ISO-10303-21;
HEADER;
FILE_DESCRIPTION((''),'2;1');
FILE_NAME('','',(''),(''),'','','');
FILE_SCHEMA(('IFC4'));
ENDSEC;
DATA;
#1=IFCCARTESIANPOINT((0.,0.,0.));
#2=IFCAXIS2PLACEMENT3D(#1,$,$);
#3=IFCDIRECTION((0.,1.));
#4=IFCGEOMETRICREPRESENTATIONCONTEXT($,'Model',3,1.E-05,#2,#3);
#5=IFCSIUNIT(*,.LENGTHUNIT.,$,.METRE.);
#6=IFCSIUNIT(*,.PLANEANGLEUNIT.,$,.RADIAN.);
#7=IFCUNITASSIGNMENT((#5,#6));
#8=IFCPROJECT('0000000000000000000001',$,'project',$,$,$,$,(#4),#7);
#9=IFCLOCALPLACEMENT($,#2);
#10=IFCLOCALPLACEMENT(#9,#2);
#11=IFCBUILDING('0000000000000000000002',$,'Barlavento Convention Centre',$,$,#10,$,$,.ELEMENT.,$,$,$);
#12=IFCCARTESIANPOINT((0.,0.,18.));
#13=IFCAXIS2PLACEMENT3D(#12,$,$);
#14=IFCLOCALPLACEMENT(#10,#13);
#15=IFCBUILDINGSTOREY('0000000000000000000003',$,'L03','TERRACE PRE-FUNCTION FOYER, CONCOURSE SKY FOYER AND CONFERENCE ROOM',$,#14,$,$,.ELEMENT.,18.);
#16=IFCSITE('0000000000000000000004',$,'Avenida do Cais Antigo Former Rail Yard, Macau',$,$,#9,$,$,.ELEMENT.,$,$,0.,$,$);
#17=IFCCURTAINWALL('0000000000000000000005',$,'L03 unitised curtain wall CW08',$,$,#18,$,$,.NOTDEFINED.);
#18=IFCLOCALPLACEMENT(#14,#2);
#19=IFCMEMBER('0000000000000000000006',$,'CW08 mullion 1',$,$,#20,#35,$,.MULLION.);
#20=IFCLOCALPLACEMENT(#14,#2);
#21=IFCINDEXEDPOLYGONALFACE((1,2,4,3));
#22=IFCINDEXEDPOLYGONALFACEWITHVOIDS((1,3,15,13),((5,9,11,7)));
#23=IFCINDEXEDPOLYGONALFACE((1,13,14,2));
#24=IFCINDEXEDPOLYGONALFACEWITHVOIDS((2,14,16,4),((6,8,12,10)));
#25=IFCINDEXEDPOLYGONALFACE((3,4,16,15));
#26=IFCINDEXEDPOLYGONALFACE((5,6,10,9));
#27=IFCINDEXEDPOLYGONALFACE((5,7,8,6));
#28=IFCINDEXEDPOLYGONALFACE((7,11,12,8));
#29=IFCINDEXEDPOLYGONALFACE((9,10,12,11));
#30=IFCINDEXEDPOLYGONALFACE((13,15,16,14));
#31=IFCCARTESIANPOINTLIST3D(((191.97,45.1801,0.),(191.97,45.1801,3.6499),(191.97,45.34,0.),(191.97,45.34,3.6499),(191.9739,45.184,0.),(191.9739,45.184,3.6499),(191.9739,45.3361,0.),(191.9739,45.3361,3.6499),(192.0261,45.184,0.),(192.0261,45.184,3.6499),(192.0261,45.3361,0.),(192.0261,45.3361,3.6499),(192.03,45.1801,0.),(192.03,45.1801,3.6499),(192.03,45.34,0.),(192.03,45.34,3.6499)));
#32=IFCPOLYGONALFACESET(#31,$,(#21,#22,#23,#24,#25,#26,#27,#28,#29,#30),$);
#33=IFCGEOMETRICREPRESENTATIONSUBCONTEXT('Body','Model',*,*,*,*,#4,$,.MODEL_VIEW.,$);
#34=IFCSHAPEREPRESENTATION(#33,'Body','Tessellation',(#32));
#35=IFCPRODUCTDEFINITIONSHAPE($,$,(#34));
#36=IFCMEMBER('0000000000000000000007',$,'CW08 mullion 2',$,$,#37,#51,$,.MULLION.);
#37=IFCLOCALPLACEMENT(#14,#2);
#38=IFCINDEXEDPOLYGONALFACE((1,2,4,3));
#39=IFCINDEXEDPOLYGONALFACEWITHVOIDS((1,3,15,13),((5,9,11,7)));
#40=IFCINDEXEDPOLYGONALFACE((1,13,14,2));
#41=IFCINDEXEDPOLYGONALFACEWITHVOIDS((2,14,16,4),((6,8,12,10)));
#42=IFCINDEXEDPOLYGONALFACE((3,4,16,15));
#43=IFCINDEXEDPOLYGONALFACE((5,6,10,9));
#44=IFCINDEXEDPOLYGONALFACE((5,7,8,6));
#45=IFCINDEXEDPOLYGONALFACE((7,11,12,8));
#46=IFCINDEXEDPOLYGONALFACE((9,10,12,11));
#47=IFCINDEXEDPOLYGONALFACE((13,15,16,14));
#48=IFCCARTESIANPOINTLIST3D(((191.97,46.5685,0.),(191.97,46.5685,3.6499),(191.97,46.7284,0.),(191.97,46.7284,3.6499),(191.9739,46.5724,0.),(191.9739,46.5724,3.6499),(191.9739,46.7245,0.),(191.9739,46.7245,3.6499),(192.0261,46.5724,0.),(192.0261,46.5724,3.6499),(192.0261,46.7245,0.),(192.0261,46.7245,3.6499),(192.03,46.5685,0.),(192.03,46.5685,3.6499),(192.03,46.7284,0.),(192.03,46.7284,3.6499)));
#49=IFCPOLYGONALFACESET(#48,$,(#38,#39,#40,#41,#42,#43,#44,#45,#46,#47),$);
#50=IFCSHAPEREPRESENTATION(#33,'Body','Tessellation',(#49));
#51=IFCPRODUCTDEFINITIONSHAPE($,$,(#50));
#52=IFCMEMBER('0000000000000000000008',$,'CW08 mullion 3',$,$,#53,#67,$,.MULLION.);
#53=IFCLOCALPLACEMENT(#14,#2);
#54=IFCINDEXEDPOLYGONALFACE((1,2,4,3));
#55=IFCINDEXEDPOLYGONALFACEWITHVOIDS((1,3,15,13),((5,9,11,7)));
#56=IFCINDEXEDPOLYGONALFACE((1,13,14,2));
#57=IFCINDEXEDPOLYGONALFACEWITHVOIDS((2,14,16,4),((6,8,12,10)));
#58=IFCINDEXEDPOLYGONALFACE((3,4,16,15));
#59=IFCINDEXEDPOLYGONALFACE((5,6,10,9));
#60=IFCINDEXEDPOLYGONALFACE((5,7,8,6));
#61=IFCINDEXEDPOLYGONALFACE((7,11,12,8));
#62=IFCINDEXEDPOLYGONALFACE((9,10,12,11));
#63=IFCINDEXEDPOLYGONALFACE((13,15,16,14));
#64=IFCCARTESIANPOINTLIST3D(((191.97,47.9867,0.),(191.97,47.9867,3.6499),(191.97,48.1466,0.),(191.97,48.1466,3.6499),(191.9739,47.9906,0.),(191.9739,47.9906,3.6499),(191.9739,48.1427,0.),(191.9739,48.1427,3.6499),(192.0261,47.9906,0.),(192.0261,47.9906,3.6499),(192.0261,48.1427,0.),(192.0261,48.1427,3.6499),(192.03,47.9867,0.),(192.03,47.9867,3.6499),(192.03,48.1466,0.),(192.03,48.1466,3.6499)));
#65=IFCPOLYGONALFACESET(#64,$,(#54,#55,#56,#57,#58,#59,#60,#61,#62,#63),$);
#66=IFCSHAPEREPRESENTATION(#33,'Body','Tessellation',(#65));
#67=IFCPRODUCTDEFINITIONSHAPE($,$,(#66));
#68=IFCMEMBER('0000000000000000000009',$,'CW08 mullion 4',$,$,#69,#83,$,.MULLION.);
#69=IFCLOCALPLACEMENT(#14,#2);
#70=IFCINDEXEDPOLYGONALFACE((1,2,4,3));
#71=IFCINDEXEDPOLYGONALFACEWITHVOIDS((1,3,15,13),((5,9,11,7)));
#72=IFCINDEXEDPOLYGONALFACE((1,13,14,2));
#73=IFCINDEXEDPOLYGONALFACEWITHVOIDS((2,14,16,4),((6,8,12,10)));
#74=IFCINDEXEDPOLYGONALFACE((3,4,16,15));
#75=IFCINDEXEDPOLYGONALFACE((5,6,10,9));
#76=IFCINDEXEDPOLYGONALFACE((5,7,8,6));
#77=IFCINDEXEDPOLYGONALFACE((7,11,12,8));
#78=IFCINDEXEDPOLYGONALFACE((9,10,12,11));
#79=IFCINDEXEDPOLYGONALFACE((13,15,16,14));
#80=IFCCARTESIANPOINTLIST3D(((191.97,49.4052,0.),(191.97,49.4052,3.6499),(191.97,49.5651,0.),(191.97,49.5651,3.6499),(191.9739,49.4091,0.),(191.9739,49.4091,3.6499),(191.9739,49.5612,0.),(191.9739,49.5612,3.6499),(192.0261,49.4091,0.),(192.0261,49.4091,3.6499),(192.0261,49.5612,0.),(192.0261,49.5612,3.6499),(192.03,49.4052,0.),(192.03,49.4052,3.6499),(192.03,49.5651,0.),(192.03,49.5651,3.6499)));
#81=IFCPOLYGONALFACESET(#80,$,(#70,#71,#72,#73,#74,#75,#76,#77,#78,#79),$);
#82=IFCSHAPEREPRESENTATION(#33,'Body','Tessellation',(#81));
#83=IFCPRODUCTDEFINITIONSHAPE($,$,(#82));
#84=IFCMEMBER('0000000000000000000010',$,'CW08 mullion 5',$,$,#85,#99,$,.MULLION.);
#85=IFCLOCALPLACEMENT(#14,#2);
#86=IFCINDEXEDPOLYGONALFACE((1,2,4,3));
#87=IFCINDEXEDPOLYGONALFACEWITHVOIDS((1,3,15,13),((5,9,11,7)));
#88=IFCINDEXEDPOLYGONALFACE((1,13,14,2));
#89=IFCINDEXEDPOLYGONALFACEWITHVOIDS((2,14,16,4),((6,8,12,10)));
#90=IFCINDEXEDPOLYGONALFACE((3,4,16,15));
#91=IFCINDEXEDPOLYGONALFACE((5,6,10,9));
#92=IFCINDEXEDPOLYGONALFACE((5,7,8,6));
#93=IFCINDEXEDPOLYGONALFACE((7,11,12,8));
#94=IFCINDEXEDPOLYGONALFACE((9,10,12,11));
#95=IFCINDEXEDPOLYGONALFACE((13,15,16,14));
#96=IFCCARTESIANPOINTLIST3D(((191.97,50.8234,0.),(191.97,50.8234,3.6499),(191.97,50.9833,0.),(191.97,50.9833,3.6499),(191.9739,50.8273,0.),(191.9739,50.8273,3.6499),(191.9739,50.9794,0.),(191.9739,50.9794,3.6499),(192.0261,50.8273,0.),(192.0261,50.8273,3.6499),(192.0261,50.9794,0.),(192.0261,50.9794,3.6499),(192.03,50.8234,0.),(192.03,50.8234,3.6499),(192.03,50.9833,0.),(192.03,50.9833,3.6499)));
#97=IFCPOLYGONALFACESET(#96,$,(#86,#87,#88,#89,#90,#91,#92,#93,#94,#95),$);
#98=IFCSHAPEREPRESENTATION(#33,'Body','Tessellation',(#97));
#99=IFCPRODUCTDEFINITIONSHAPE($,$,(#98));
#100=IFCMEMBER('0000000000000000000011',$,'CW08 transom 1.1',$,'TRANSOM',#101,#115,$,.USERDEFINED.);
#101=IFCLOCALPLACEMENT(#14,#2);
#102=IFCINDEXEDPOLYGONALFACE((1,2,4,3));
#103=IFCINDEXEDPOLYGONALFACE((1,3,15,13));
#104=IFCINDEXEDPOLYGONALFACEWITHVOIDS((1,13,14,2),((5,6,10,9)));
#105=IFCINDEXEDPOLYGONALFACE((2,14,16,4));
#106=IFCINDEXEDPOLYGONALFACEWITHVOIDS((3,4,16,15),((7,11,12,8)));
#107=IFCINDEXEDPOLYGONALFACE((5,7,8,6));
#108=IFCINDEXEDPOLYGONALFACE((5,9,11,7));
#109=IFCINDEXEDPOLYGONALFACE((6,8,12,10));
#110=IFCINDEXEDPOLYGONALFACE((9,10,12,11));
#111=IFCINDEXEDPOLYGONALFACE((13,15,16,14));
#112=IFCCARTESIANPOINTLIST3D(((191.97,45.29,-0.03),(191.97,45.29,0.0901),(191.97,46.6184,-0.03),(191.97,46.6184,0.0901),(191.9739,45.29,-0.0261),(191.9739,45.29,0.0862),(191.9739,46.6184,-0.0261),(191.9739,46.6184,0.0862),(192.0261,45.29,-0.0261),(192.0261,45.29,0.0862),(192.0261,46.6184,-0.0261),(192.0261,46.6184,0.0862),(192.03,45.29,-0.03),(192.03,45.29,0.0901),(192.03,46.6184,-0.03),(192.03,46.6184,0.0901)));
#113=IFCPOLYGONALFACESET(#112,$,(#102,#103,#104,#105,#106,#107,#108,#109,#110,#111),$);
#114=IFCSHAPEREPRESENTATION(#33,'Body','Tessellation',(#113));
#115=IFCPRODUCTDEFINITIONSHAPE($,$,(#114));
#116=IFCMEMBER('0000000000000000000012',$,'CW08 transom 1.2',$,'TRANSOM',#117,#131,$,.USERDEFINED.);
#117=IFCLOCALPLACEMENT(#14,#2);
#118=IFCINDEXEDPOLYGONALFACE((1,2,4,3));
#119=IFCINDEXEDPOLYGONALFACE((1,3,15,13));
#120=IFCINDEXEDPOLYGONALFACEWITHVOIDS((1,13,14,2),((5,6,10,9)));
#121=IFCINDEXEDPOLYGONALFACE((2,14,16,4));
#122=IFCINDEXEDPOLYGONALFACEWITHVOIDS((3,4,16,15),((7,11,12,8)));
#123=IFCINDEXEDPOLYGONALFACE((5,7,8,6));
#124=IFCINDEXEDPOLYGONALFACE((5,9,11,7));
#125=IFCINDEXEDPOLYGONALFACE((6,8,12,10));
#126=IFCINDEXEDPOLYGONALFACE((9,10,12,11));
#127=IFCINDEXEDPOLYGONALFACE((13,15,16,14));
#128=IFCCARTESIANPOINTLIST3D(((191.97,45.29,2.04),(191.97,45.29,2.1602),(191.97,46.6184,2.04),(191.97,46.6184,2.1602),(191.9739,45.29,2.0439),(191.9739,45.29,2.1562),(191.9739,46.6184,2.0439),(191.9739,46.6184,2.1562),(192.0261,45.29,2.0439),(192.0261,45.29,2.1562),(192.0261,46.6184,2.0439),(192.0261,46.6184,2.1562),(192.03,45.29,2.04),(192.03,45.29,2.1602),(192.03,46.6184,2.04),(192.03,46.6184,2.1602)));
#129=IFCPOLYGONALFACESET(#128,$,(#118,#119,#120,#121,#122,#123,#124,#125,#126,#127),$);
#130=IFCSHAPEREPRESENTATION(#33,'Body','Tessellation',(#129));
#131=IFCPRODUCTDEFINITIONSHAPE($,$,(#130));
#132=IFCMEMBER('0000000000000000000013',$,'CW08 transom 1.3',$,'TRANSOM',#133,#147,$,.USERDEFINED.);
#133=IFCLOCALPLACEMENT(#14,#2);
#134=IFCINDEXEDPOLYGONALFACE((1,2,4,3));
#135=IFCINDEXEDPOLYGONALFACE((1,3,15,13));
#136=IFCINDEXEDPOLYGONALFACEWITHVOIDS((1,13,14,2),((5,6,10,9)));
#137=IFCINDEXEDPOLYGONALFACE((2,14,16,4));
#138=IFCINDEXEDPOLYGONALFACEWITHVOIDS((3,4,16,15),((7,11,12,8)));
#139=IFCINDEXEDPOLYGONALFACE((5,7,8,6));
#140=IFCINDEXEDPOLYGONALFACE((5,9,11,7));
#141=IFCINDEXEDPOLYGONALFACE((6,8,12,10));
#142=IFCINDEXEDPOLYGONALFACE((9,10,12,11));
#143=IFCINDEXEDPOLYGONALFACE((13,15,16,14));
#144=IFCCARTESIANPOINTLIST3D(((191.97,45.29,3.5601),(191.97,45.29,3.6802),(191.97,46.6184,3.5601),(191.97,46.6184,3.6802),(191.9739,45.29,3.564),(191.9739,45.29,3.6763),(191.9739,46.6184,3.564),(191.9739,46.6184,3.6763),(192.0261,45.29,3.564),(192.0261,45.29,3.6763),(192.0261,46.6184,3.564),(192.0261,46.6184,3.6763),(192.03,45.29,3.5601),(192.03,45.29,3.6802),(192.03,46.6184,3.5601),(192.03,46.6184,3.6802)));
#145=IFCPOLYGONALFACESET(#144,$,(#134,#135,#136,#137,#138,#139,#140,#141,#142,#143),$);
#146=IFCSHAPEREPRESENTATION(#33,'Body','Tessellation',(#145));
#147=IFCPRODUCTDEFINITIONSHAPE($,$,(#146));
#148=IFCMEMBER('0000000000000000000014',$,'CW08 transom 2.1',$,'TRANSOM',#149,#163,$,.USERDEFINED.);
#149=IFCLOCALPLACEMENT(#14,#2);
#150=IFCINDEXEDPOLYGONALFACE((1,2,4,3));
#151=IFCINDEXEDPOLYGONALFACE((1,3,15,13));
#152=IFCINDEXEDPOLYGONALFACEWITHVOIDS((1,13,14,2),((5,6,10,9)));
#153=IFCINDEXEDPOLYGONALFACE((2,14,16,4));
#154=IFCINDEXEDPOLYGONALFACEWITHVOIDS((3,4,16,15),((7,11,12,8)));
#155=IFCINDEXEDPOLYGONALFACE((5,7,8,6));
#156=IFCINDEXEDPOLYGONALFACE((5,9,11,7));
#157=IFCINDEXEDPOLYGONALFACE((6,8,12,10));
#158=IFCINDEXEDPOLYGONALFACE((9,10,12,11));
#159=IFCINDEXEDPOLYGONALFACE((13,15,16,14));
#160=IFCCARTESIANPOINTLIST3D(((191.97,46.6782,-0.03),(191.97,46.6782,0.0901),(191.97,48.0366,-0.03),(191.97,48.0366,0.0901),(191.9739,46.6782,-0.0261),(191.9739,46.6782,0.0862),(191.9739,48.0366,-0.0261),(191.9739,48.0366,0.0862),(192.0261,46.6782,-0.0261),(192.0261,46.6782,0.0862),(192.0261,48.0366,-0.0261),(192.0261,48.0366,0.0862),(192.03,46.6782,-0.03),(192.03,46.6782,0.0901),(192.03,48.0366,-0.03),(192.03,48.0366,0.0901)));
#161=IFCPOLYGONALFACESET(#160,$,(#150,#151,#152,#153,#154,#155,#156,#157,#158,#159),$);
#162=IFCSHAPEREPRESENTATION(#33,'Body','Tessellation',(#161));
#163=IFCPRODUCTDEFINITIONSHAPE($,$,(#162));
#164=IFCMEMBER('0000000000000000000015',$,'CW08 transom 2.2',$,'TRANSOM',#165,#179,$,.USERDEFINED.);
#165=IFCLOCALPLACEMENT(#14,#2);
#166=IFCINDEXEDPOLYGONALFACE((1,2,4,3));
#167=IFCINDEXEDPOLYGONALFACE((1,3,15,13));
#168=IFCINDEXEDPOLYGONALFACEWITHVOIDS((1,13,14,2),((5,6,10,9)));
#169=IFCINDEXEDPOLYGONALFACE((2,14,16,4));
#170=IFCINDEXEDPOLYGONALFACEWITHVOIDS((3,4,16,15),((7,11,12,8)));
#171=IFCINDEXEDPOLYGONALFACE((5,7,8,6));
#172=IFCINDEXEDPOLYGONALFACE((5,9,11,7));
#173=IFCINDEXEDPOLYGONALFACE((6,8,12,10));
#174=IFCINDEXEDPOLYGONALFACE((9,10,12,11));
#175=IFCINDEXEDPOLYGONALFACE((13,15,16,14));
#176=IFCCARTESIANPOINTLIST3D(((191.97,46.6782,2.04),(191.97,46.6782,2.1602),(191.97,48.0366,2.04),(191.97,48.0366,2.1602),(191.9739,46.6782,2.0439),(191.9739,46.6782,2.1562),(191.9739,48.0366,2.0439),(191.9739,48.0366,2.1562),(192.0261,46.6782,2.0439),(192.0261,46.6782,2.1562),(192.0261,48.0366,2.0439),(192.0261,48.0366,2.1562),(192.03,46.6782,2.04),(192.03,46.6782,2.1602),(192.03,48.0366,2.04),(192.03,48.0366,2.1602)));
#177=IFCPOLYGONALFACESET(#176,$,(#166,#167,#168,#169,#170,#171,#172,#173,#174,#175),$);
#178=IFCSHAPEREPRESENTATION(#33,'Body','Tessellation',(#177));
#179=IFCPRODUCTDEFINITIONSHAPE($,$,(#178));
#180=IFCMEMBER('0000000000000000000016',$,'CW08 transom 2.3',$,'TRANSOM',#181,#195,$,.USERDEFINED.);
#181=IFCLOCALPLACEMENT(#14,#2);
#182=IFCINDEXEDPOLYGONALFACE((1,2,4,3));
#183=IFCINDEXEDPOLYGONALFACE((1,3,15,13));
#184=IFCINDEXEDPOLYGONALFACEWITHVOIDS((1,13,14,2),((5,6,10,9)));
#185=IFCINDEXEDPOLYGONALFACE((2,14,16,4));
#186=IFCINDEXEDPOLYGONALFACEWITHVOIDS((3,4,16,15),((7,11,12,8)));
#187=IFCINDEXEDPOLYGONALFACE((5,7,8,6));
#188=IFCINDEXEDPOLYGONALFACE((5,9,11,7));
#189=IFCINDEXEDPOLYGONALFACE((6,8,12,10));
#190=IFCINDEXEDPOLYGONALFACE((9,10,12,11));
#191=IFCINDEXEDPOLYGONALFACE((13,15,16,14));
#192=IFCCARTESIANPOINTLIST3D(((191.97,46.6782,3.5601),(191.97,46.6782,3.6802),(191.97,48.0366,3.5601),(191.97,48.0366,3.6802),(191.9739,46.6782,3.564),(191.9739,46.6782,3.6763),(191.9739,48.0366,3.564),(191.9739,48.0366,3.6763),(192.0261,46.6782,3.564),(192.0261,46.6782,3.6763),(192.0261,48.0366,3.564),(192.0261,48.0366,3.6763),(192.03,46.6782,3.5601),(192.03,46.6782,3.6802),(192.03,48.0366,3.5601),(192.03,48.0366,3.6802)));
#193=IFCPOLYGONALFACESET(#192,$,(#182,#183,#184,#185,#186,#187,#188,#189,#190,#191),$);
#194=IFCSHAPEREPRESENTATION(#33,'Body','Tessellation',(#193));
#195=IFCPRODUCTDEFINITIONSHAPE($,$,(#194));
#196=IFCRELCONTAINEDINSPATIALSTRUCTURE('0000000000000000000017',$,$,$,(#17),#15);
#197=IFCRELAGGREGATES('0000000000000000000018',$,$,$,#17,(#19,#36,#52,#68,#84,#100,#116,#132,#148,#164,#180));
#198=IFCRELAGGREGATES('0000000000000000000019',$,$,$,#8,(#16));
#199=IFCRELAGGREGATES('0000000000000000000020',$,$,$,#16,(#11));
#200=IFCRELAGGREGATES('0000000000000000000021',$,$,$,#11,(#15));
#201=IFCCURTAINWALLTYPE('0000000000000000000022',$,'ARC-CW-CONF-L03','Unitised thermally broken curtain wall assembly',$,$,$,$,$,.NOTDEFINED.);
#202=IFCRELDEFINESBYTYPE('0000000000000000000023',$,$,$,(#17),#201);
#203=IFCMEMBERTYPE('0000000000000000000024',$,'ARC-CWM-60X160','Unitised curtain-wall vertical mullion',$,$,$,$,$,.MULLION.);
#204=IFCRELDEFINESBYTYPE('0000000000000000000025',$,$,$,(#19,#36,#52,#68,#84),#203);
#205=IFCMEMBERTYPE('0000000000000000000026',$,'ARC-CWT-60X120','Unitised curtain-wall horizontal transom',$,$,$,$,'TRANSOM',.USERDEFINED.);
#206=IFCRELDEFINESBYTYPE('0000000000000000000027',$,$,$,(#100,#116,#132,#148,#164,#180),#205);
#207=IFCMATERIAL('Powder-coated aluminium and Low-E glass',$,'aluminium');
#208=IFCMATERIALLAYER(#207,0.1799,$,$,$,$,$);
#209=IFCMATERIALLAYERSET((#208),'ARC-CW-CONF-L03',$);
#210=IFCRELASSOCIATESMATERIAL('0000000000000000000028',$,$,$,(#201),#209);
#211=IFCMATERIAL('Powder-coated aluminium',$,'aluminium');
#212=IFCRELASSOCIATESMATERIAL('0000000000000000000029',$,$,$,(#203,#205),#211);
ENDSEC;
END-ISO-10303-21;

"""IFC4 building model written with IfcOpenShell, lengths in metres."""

from ifc_helpers import new_model, si_unit, direction, frame, origin, origin_2d, place, context, subcontext, project, spatial, hollow_rectangle, extrude, material, layer, layer_set, material_profile, profile_set, type_object, element, aggregate, save


model = new_model("IFC4")

# Units and contexts
model_context = context("Model", 3, precision=1e-05, world=origin(), true_north=direction((0.0, 1.0)))
body_context = subcontext(model_context, "Body", "Model", "MODEL_VIEW")
ifc_project = project(units=[si_unit("LENGTHUNIT", "METRE"), si_unit("PLANEANGLEUNIT", "RADIAN")], contexts=[model_context])

# Site, building, storey
site_placement = place(None, origin())
site = spatial("IfcSite", under=ifc_project, at=site_placement, Name="Avenida do Cais Antigo Former Rail Yard, Macau", CompositionType="ELEMENT", RefElevation=0.0)
building_placement = place(site_placement, origin())
building = spatial("IfcBuilding", under=site, at=building_placement, Name="Barlavento Convention Centre", CompositionType="ELEMENT")
storey_placement = place(building_placement, frame((0.0, 0.0, 18.0)))
storey = spatial("IfcBuildingStorey", under=building, at=storey_placement, Name="L03", Description="TERRACE PRE-FUNCTION FOYER, CONCOURSE SKY FOYER AND CONFERENCE ROOM", CompositionType="ELEMENT", Elevation=18.0)

# Curtain wall, members
ifc_material_1 = material(Name="Powder-coated aluminium and Low-E glass", Category="aluminium")
ifc_layer_1 = layer(ifc_material_1, 0.1799)
ifc_layer_set_1 = layer_set([ifc_layer_1], Name="ARC-CW-CONF-L03")
curtain_wall_type = type_object("IfcCurtainWallType", Name="ARC-CW-CONF-L03", Description="Unitised thermally broken curtain wall assembly", PredefinedType="NOTDEFINED", material=ifc_layer_set_1)
curtain_wall_placement = place(storey_placement, origin())
curtain_wall = element("IfcCurtainWall", 1, at=curtain_wall_placement, inside=storey, type_object=curtain_wall_type, Name="L03 unitised curtain wall CW08", PredefinedType="NOTDEFINED")
ifc_material_2 = material(Name="Powder-coated aluminium", Category="aluminium")
ifc_material_profile_1 = material_profile(ifc_material_2, hollow_rectangle(XDim=0.0601, YDim=0.1599, WallThickness=0.0039, at=origin_2d()), Name="AL-MULL 60x160x4")
ifc_profile_set_1 = profile_set([ifc_material_profile_1], Name="Powder-coated aluminium")
member_type_1 = type_object("IfcMemberType", Name="ARC-CWM-60X160", Description="Unitised curtain-wall vertical mullion", PredefinedType="MULLION", material=ifc_profile_set_1)
member_1_placement = place(storey_placement, frame((192.0, 45.26, 0.0), z_axis=(0.0, 0.0, 1.0), x_axis=(-1.0, 0.0, 0.0)))
member_1 = element("IfcMember", 2, at=member_1_placement, type_object=member_type_1, Name="CW08 mullion 1", PredefinedType="MULLION", context=body_context, shape_type="SweptSolid", body=[
    extrude(hollow_rectangle(XDim=0.0601, YDim=0.1599, WallThickness=0.0039, at=origin_2d()), origin(), (0.0, 0.0, 1.0), 3.6499),
])
member_2_placement = place(storey_placement, frame((192.0, 46.6484, 0.0), z_axis=(0.0, 0.0, 1.0), x_axis=(-1.0, 0.0, 0.0)))
member_2 = element("IfcMember", 3, at=member_2_placement, type_object=member_type_1, Name="CW08 mullion 2", PredefinedType="MULLION", context=body_context, shape_type="SweptSolid", body=[
    extrude(hollow_rectangle(XDim=0.0601, YDim=0.1599, WallThickness=0.0039, at=origin_2d()), origin(), (0.0, 0.0, 1.0), 3.6499),
])
member_3_placement = place(storey_placement, frame((192.0, 48.0667, 0.0), z_axis=(0.0, 0.0, 1.0), x_axis=(-1.0, 0.0, 0.0)))
member_3 = element("IfcMember", 4, at=member_3_placement, type_object=member_type_1, Name="CW08 mullion 3", PredefinedType="MULLION", context=body_context, shape_type="SweptSolid", body=[
    extrude(hollow_rectangle(XDim=0.0601, YDim=0.1599, WallThickness=0.0039, at=origin_2d()), origin(), (0.0, 0.0, 1.0), 3.6499),
])
member_4_placement = place(storey_placement, frame((192.0, 49.4851, 0.0), z_axis=(0.0, 0.0, 1.0), x_axis=(-1.0, 0.0, 0.0)))
member_4 = element("IfcMember", 5, at=member_4_placement, type_object=member_type_1, Name="CW08 mullion 4", PredefinedType="MULLION", context=body_context, shape_type="SweptSolid", body=[
    extrude(hollow_rectangle(XDim=0.0601, YDim=0.1599, WallThickness=0.0039, at=origin_2d()), origin(), (0.0, 0.0, 1.0), 3.6499),
])
member_5_placement = place(storey_placement, frame((192.0, 50.9033, 0.0), z_axis=(0.0, 0.0, 1.0), x_axis=(-1.0, 0.0, 0.0)))
member_5 = element("IfcMember", 6, at=member_5_placement, type_object=member_type_1, Name="CW08 mullion 5", PredefinedType="MULLION", context=body_context, shape_type="SweptSolid", body=[
    extrude(hollow_rectangle(XDim=0.0601, YDim=0.1599, WallThickness=0.0039, at=origin_2d()), origin(), (0.0, 0.0, 1.0), 3.6499),
])
ifc_material_profile_2 = material_profile(ifc_material_2, hollow_rectangle(XDim=0.0601, YDim=0.1201, WallThickness=0.0039, at=origin_2d()), Name="AL-TRAN 60x120x4")
ifc_profile_set_2 = profile_set([ifc_material_profile_2], Name="Powder-coated aluminium")
member_type_2 = type_object("IfcMemberType", Name="ARC-CWT-60X120", Description="Unitised curtain-wall horizontal transom", ElementType="TRANSOM", PredefinedType="USERDEFINED", material=ifc_profile_set_2)
member_6_placement = place(storey_placement, frame((192.0, 45.29, 0.03), z_axis=(0.0, 1.0, 0.0), x_axis=(-1.0, 0.0, 0.0)))
member_6 = element("IfcMember", 7, at=member_6_placement, type_object=member_type_2, Name="CW08 transom 1.1", ObjectType="TRANSOM", PredefinedType="USERDEFINED", context=body_context, shape_type="SweptSolid", body=[
    extrude(hollow_rectangle(XDim=0.0601, YDim=0.1201, WallThickness=0.0039, at=origin_2d()), origin(), (0.0, 0.0, 1.0), 1.3284),
])
member_7_placement = place(storey_placement, frame((192.0, 45.29, 2.1001), z_axis=(0.0, 1.0, 0.0), x_axis=(-1.0, 0.0, 0.0)))
member_7 = element("IfcMember", 8, at=member_7_placement, type_object=member_type_2, Name="CW08 transom 1.2", ObjectType="TRANSOM", PredefinedType="USERDEFINED", context=body_context, shape_type="SweptSolid", body=[
    extrude(hollow_rectangle(XDim=0.0601, YDim=0.1201, WallThickness=0.0039, at=origin_2d()), origin(), (0.0, 0.0, 1.0), 1.3284),
])
member_8_placement = place(storey_placement, frame((192.0, 45.29, 3.6201), z_axis=(0.0, 1.0, 0.0), x_axis=(-1.0, 0.0, 0.0)))
member_8 = element("IfcMember", 9, at=member_8_placement, type_object=member_type_2, Name="CW08 transom 1.3", ObjectType="TRANSOM", PredefinedType="USERDEFINED", context=body_context, shape_type="SweptSolid", body=[
    extrude(hollow_rectangle(XDim=0.0601, YDim=0.1201, WallThickness=0.0039, at=origin_2d()), origin(), (0.0, 0.0, 1.0), 1.3284),
])
member_9_placement = place(storey_placement, frame((192.0, 46.6782, 0.03), z_axis=(0.0, 1.0, 0.0), x_axis=(-1.0, 0.0, 0.0)))
member_9 = element("IfcMember", 10, at=member_9_placement, type_object=member_type_2, Name="CW08 transom 2.1", ObjectType="TRANSOM", PredefinedType="USERDEFINED", context=body_context, shape_type="SweptSolid", body=[
    extrude(hollow_rectangle(XDim=0.0601, YDim=0.1201, WallThickness=0.0039, at=origin_2d()), origin(), (0.0, 0.0, 1.0), 1.3584),
])
member_10_placement = place(storey_placement, frame((192.0, 46.6782, 2.1001), z_axis=(0.0, 1.0, 0.0), x_axis=(-1.0, 0.0, 0.0)))
member_10 = element("IfcMember", 11, at=member_10_placement, type_object=member_type_2, Name="CW08 transom 2.2", ObjectType="TRANSOM", PredefinedType="USERDEFINED", context=body_context, shape_type="SweptSolid", body=[
    extrude(hollow_rectangle(XDim=0.0601, YDim=0.1201, WallThickness=0.0039, at=origin_2d()), origin(), (0.0, 0.0, 1.0), 1.3584),
])
member_11_placement = place(storey_placement, frame((192.0, 46.6782, 3.6201), z_axis=(0.0, 1.0, 0.0), x_axis=(-1.0, 0.0, 0.0)))
member_11 = element("IfcMember", 12, at=member_11_placement, type_object=member_type_2, Name="CW08 transom 2.3", ObjectType="TRANSOM", PredefinedType="USERDEFINED", context=body_context, shape_type="SweptSolid", body=[
    extrude(hollow_rectangle(XDim=0.0601, YDim=0.1201, WallThickness=0.0039, at=origin_2d()), origin(), (0.0, 0.0, 1.0), 1.3584),
])

aggregate(curtain_wall, [member_1, member_2, member_3, member_4, member_5, member_6, member_7, member_8, member_9, member_10, member_11])

save(model, "model.ifc")
